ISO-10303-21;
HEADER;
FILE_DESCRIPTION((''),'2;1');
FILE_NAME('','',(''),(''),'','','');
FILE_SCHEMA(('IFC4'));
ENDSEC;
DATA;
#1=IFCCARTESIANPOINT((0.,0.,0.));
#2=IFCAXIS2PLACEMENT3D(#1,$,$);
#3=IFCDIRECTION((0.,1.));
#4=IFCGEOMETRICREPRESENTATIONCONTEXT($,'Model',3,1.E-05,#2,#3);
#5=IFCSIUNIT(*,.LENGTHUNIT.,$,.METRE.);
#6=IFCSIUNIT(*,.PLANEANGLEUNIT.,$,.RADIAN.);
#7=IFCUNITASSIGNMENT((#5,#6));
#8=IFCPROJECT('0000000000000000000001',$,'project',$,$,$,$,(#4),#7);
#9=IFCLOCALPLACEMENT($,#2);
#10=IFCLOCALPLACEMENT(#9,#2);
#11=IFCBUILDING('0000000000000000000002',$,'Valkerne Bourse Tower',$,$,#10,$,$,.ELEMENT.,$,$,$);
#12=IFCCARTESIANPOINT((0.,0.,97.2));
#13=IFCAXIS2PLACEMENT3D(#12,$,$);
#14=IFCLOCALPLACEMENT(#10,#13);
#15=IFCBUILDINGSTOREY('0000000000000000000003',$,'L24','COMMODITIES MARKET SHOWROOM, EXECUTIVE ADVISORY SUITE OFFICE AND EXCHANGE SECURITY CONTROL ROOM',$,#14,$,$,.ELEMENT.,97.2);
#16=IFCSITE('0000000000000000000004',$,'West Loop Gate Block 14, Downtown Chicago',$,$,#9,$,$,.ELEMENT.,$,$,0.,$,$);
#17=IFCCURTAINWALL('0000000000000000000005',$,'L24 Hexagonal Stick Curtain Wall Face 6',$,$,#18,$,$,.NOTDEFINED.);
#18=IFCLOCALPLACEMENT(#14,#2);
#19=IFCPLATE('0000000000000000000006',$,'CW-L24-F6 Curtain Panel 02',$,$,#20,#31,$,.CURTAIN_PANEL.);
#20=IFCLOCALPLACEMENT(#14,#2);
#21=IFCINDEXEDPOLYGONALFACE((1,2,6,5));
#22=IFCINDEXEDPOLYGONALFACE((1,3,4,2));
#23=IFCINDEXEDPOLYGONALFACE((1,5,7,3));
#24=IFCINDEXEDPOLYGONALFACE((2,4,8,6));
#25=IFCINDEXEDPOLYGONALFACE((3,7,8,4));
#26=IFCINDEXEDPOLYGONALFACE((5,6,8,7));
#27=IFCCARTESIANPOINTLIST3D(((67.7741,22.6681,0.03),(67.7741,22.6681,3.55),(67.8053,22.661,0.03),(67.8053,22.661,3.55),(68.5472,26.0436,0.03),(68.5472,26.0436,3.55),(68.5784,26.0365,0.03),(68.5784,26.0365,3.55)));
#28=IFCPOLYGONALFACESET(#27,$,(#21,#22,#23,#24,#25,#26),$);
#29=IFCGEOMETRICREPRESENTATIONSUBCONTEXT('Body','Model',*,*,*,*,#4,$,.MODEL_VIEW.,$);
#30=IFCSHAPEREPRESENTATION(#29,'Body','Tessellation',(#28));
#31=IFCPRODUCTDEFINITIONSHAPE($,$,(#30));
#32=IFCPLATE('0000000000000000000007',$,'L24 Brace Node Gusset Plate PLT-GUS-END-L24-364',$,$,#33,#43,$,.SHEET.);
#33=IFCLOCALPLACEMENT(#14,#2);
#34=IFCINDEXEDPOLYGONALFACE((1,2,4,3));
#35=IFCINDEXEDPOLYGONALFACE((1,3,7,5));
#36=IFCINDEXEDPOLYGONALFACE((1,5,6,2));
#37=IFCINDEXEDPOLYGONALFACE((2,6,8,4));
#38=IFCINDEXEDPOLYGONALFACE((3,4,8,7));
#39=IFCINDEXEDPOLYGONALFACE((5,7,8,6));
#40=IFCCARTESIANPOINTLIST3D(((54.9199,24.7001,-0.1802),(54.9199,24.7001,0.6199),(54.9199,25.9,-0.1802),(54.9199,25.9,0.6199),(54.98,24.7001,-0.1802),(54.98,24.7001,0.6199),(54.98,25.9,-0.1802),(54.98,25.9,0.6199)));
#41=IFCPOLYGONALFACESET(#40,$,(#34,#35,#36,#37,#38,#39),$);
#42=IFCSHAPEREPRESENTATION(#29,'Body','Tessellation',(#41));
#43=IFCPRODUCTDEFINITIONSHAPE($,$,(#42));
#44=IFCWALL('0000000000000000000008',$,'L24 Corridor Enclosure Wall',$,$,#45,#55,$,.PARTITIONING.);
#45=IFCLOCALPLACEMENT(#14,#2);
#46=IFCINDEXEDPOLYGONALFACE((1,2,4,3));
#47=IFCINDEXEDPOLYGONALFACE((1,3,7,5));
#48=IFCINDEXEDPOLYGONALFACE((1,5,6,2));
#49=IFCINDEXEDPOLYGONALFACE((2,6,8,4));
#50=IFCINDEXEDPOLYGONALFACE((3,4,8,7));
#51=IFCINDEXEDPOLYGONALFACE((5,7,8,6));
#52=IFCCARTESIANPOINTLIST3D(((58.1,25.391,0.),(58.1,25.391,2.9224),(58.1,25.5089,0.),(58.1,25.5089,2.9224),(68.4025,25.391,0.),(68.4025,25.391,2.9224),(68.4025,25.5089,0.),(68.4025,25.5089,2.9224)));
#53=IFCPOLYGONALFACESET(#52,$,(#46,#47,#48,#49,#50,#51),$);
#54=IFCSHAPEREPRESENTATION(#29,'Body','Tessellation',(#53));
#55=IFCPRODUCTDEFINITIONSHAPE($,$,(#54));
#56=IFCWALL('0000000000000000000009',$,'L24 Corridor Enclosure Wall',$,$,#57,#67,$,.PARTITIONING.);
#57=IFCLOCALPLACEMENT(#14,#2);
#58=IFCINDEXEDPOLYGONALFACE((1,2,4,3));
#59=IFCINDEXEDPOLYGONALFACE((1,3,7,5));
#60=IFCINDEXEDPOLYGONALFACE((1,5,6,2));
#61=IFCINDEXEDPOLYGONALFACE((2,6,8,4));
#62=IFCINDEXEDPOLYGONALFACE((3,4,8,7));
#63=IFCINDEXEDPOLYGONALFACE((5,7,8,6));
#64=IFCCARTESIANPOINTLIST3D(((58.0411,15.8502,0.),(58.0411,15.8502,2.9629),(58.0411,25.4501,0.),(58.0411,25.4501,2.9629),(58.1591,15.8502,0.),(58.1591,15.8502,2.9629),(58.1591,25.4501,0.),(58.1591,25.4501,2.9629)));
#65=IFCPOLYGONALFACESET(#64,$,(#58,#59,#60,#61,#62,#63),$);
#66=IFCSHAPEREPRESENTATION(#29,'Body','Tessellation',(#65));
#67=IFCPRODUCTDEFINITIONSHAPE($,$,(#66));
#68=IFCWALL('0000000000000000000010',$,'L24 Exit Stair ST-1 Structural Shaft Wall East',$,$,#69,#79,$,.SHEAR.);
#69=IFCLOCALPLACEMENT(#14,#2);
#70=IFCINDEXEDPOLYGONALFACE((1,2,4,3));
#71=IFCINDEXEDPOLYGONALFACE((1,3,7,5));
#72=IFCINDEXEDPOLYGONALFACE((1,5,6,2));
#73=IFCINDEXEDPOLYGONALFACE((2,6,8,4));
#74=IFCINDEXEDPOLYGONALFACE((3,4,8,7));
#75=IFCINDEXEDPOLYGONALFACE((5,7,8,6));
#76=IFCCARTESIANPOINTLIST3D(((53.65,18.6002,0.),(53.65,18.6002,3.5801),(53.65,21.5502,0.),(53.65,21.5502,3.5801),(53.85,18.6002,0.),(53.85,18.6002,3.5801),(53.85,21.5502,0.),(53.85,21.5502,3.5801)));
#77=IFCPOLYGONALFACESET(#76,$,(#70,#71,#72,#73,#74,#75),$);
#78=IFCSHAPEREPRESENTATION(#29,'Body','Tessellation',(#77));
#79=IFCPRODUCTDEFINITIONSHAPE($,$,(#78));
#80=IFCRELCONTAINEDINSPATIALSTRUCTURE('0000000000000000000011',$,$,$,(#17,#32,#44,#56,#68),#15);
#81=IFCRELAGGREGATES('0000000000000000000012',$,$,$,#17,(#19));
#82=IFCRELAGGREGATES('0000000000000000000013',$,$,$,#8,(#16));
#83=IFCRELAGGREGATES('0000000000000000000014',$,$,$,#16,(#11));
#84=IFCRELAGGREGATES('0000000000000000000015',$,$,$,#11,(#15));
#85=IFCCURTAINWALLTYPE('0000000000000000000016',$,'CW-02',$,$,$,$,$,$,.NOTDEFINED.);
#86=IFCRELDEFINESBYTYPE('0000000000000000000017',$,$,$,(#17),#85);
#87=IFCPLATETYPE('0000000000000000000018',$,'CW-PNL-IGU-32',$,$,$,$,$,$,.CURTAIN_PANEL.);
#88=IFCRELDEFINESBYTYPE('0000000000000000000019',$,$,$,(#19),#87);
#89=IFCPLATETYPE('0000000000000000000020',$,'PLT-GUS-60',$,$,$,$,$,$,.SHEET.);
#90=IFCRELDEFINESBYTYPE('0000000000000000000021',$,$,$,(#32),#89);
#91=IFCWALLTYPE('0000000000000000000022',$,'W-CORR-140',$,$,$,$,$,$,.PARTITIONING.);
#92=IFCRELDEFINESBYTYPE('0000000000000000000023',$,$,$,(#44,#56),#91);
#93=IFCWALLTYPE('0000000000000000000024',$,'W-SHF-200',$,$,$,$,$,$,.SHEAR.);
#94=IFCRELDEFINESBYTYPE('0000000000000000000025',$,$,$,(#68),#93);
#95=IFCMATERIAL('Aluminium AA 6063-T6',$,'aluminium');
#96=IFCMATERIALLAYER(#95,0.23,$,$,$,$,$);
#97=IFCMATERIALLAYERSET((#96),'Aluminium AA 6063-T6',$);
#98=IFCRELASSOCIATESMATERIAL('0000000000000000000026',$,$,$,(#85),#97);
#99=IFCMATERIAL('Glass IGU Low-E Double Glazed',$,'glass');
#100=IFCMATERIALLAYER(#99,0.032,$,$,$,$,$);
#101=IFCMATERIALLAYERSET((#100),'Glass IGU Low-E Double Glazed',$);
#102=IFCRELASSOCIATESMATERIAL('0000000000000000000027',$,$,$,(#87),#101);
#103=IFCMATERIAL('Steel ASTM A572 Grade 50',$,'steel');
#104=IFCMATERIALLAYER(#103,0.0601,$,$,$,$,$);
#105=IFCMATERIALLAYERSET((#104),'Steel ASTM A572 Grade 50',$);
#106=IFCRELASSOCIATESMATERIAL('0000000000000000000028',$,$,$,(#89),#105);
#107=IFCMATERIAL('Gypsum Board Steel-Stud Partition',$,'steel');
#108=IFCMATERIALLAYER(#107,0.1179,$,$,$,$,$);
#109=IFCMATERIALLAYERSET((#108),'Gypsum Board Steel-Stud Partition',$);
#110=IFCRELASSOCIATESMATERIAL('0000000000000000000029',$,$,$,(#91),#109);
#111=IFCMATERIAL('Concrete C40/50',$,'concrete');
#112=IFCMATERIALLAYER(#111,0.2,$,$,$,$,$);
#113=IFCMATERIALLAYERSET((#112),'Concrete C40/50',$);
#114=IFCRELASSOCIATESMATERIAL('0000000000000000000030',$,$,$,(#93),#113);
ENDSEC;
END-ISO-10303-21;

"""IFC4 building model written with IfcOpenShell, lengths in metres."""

from ifc_helpers import new_model, si_unit, direction, frame, frame_2d, origin, origin_2d, place, context, subcontext, project, spatial, rectangle, extrude, material, layer, layer_set, type_object, element, aggregate, save


model = new_model("IFC4")

# Units and contexts
model_context = context("Model", 3, precision=1e-05, world=origin(), true_north=direction((0.0, 1.0)))
body_context = subcontext(model_context, "Body", "Model", "MODEL_VIEW")
ifc_project = project(units=[si_unit("LENGTHUNIT", "METRE"), si_unit("PLANEANGLEUNIT", "RADIAN")], contexts=[model_context])

# Site, building, storey
site_placement = place(None, origin())
site = spatial("IfcSite", under=ifc_project, at=site_placement, Name="West Loop Gate Block 14, Downtown Chicago", CompositionType="ELEMENT", RefElevation=0.0)
building_placement = place(site_placement, origin())
building = spatial("IfcBuilding", under=site, at=building_placement, Name="Valkerne Bourse Tower", CompositionType="ELEMENT")
storey_placement = place(building_placement, frame((0.0, 0.0, 97.2)))
storey = spatial("IfcBuildingStorey", under=building, at=storey_placement, Name="L24", Description="COMMODITIES MARKET SHOWROOM, EXECUTIVE ADVISORY SUITE OFFICE AND EXCHANGE SECURITY CONTROL ROOM", CompositionType="ELEMENT", Elevation=97.2)

# Curtain wall
ifc_material_1 = material(Name="Aluminium AA 6063-T6", Category="aluminium")
ifc_layer_1 = layer(ifc_material_1, 0.23)
ifc_layer_set_1 = layer_set([ifc_layer_1], Name="Aluminium AA 6063-T6")
curtain_wall_type = type_object("IfcCurtainWallType", Name="CW-02", PredefinedType="NOTDEFINED", material=ifc_layer_set_1)
curtain_wall_placement = place(storey_placement, origin())
curtain_wall = element("IfcCurtainWall", 1, at=curtain_wall_placement, inside=storey, type_object=curtain_wall_type, Name="L24 Hexagonal Stick Curtain Wall Face 6", PredefinedType="NOTDEFINED")

# Plates
ifc_material_2 = material(Name="Glass IGU Low-E Double Glazed", Category="glass")
ifc_layer_2 = layer(ifc_material_2, 0.032)
ifc_layer_set_2 = layer_set([ifc_layer_2], Name="Glass IGU Low-E Double Glazed")
plate_type_1 = type_object("IfcPlateType", Name="CW-PNL-IGU-32", PredefinedType="CURTAIN_PANEL", material=ifc_layer_set_2)
plate_1_placement = place(storey_placement, frame((68.1763, 24.3523, 0.03), z_axis=(0.0, 0.0, 1.0), x_axis=(0.223253, 0.974761, 0.0)))
plate_1 = element("IfcPlate", 2, at=plate_1_placement, type_object=plate_type_1, Name="CW-L24-F6 Curtain Panel 02", PredefinedType="CURTAIN_PANEL", context=body_context, shape_type="SweptSolid", body=[
    extrude(rectangle(XDim=3.4629, YDim=0.032, at=origin_2d()), origin(), (0.0, 0.0, 1.0), 3.52),
])
aggregate(curtain_wall, [plate_1])
ifc_material_3 = material(Name="Steel ASTM A572 Grade 50", Category="steel")
ifc_layer_3 = layer(ifc_material_3, 0.0601)
ifc_layer_set_3 = layer_set([ifc_layer_3], Name="Steel ASTM A572 Grade 50")
plate_type_2 = type_object("IfcPlateType", Name="PLT-GUS-60", PredefinedType="SHEET", material=ifc_layer_set_3)
plate_2_placement = place(storey_placement, frame((54.95, 25.3, -0.1802), z_axis=(0.0, 0.0, 1.0), x_axis=(0.0, 1.0, 0.0)))
element("IfcPlate", 3, at=plate_2_placement, inside=storey, type_object=plate_type_2, Name="L24 Brace Node Gusset Plate PLT-GUS-END-L24-364", PredefinedType="SHEET", context=body_context, shape_type="SweptSolid", body=[
    extrude(rectangle(XDim=1.2, YDim=0.0601, at=origin_2d()), origin(), (0.0, 0.0, 1.0), 0.8),
])

# Walls
ifc_material_4 = material(Name="Gypsum Board Steel-Stud Partition", Category="steel")
ifc_layer_4 = layer(ifc_material_4, 0.1179)
ifc_layer_set_4 = layer_set([ifc_layer_4], Name="Gypsum Board Steel-Stud Partition")
wall_type_1 = type_object("IfcWallType", Name="W-CORR-140", PredefinedType="PARTITIONING", material=ifc_layer_set_4)
wall_1_placement = place(storey_placement, frame((68.4026, 25.45, 0.0), z_axis=(0.0, 0.0, 1.0), x_axis=(-1.0, 0.0, 0.0)))
element("IfcWall", 4, at=wall_1_placement, inside=storey, type_object=wall_type_1, Name="L24 Corridor Enclosure Wall", PredefinedType="PARTITIONING", context=body_context, shape_type="SweptSolid", body=[
    extrude(rectangle(XDim=10.3025, YDim=0.1179, at=frame_2d((5.1514, 0.0))), origin(), (0.0, 0.0, 1.0), 2.9224),
])
wall_2_placement = place(storey_placement, frame((58.1001, 25.45, 0.0), z_axis=(0.0, 0.0, 1.0), x_axis=(0.0, -1.0, 0.0)))
element("IfcWall", 5, at=wall_2_placement, inside=storey, type_object=wall_type_1, Name="L24 Corridor Enclosure Wall", PredefinedType="PARTITIONING", context=body_context, shape_type="SweptSolid", body=[
    extrude(rectangle(XDim=9.5999, YDim=0.1179, at=frame_2d((4.7998, 0.0))), origin(), (0.0, 0.0, 1.0), 2.9629),
])
ifc_material_5 = material(Name="Concrete C40/50", Category="concrete")
ifc_layer_5 = layer(ifc_material_5, 0.2)
ifc_layer_set_5 = layer_set([ifc_layer_5], Name="Concrete C40/50")
wall_type_2 = type_object("IfcWallType", Name="W-SHF-200", PredefinedType="SHEAR", material=ifc_layer_set_5)
wall_3_placement = place(storey_placement, frame((53.75, 18.6001, 0.0), z_axis=(0.0, 0.0, 1.0), x_axis=(0.0, 1.0, 0.0)))
element("IfcWall", 6, at=wall_3_placement, inside=storey, type_object=wall_type_2, Name="L24 Exit Stair ST-1 Structural Shaft Wall East", PredefinedType="SHEAR", context=body_context, shape_type="SweptSolid", body=[
    extrude(rectangle(XDim=2.95, YDim=0.2, at=frame_2d((1.4751, 0.0))), origin(), (0.0, 0.0, 1.0), 3.5801),
])

save(model, "model.ifc")
